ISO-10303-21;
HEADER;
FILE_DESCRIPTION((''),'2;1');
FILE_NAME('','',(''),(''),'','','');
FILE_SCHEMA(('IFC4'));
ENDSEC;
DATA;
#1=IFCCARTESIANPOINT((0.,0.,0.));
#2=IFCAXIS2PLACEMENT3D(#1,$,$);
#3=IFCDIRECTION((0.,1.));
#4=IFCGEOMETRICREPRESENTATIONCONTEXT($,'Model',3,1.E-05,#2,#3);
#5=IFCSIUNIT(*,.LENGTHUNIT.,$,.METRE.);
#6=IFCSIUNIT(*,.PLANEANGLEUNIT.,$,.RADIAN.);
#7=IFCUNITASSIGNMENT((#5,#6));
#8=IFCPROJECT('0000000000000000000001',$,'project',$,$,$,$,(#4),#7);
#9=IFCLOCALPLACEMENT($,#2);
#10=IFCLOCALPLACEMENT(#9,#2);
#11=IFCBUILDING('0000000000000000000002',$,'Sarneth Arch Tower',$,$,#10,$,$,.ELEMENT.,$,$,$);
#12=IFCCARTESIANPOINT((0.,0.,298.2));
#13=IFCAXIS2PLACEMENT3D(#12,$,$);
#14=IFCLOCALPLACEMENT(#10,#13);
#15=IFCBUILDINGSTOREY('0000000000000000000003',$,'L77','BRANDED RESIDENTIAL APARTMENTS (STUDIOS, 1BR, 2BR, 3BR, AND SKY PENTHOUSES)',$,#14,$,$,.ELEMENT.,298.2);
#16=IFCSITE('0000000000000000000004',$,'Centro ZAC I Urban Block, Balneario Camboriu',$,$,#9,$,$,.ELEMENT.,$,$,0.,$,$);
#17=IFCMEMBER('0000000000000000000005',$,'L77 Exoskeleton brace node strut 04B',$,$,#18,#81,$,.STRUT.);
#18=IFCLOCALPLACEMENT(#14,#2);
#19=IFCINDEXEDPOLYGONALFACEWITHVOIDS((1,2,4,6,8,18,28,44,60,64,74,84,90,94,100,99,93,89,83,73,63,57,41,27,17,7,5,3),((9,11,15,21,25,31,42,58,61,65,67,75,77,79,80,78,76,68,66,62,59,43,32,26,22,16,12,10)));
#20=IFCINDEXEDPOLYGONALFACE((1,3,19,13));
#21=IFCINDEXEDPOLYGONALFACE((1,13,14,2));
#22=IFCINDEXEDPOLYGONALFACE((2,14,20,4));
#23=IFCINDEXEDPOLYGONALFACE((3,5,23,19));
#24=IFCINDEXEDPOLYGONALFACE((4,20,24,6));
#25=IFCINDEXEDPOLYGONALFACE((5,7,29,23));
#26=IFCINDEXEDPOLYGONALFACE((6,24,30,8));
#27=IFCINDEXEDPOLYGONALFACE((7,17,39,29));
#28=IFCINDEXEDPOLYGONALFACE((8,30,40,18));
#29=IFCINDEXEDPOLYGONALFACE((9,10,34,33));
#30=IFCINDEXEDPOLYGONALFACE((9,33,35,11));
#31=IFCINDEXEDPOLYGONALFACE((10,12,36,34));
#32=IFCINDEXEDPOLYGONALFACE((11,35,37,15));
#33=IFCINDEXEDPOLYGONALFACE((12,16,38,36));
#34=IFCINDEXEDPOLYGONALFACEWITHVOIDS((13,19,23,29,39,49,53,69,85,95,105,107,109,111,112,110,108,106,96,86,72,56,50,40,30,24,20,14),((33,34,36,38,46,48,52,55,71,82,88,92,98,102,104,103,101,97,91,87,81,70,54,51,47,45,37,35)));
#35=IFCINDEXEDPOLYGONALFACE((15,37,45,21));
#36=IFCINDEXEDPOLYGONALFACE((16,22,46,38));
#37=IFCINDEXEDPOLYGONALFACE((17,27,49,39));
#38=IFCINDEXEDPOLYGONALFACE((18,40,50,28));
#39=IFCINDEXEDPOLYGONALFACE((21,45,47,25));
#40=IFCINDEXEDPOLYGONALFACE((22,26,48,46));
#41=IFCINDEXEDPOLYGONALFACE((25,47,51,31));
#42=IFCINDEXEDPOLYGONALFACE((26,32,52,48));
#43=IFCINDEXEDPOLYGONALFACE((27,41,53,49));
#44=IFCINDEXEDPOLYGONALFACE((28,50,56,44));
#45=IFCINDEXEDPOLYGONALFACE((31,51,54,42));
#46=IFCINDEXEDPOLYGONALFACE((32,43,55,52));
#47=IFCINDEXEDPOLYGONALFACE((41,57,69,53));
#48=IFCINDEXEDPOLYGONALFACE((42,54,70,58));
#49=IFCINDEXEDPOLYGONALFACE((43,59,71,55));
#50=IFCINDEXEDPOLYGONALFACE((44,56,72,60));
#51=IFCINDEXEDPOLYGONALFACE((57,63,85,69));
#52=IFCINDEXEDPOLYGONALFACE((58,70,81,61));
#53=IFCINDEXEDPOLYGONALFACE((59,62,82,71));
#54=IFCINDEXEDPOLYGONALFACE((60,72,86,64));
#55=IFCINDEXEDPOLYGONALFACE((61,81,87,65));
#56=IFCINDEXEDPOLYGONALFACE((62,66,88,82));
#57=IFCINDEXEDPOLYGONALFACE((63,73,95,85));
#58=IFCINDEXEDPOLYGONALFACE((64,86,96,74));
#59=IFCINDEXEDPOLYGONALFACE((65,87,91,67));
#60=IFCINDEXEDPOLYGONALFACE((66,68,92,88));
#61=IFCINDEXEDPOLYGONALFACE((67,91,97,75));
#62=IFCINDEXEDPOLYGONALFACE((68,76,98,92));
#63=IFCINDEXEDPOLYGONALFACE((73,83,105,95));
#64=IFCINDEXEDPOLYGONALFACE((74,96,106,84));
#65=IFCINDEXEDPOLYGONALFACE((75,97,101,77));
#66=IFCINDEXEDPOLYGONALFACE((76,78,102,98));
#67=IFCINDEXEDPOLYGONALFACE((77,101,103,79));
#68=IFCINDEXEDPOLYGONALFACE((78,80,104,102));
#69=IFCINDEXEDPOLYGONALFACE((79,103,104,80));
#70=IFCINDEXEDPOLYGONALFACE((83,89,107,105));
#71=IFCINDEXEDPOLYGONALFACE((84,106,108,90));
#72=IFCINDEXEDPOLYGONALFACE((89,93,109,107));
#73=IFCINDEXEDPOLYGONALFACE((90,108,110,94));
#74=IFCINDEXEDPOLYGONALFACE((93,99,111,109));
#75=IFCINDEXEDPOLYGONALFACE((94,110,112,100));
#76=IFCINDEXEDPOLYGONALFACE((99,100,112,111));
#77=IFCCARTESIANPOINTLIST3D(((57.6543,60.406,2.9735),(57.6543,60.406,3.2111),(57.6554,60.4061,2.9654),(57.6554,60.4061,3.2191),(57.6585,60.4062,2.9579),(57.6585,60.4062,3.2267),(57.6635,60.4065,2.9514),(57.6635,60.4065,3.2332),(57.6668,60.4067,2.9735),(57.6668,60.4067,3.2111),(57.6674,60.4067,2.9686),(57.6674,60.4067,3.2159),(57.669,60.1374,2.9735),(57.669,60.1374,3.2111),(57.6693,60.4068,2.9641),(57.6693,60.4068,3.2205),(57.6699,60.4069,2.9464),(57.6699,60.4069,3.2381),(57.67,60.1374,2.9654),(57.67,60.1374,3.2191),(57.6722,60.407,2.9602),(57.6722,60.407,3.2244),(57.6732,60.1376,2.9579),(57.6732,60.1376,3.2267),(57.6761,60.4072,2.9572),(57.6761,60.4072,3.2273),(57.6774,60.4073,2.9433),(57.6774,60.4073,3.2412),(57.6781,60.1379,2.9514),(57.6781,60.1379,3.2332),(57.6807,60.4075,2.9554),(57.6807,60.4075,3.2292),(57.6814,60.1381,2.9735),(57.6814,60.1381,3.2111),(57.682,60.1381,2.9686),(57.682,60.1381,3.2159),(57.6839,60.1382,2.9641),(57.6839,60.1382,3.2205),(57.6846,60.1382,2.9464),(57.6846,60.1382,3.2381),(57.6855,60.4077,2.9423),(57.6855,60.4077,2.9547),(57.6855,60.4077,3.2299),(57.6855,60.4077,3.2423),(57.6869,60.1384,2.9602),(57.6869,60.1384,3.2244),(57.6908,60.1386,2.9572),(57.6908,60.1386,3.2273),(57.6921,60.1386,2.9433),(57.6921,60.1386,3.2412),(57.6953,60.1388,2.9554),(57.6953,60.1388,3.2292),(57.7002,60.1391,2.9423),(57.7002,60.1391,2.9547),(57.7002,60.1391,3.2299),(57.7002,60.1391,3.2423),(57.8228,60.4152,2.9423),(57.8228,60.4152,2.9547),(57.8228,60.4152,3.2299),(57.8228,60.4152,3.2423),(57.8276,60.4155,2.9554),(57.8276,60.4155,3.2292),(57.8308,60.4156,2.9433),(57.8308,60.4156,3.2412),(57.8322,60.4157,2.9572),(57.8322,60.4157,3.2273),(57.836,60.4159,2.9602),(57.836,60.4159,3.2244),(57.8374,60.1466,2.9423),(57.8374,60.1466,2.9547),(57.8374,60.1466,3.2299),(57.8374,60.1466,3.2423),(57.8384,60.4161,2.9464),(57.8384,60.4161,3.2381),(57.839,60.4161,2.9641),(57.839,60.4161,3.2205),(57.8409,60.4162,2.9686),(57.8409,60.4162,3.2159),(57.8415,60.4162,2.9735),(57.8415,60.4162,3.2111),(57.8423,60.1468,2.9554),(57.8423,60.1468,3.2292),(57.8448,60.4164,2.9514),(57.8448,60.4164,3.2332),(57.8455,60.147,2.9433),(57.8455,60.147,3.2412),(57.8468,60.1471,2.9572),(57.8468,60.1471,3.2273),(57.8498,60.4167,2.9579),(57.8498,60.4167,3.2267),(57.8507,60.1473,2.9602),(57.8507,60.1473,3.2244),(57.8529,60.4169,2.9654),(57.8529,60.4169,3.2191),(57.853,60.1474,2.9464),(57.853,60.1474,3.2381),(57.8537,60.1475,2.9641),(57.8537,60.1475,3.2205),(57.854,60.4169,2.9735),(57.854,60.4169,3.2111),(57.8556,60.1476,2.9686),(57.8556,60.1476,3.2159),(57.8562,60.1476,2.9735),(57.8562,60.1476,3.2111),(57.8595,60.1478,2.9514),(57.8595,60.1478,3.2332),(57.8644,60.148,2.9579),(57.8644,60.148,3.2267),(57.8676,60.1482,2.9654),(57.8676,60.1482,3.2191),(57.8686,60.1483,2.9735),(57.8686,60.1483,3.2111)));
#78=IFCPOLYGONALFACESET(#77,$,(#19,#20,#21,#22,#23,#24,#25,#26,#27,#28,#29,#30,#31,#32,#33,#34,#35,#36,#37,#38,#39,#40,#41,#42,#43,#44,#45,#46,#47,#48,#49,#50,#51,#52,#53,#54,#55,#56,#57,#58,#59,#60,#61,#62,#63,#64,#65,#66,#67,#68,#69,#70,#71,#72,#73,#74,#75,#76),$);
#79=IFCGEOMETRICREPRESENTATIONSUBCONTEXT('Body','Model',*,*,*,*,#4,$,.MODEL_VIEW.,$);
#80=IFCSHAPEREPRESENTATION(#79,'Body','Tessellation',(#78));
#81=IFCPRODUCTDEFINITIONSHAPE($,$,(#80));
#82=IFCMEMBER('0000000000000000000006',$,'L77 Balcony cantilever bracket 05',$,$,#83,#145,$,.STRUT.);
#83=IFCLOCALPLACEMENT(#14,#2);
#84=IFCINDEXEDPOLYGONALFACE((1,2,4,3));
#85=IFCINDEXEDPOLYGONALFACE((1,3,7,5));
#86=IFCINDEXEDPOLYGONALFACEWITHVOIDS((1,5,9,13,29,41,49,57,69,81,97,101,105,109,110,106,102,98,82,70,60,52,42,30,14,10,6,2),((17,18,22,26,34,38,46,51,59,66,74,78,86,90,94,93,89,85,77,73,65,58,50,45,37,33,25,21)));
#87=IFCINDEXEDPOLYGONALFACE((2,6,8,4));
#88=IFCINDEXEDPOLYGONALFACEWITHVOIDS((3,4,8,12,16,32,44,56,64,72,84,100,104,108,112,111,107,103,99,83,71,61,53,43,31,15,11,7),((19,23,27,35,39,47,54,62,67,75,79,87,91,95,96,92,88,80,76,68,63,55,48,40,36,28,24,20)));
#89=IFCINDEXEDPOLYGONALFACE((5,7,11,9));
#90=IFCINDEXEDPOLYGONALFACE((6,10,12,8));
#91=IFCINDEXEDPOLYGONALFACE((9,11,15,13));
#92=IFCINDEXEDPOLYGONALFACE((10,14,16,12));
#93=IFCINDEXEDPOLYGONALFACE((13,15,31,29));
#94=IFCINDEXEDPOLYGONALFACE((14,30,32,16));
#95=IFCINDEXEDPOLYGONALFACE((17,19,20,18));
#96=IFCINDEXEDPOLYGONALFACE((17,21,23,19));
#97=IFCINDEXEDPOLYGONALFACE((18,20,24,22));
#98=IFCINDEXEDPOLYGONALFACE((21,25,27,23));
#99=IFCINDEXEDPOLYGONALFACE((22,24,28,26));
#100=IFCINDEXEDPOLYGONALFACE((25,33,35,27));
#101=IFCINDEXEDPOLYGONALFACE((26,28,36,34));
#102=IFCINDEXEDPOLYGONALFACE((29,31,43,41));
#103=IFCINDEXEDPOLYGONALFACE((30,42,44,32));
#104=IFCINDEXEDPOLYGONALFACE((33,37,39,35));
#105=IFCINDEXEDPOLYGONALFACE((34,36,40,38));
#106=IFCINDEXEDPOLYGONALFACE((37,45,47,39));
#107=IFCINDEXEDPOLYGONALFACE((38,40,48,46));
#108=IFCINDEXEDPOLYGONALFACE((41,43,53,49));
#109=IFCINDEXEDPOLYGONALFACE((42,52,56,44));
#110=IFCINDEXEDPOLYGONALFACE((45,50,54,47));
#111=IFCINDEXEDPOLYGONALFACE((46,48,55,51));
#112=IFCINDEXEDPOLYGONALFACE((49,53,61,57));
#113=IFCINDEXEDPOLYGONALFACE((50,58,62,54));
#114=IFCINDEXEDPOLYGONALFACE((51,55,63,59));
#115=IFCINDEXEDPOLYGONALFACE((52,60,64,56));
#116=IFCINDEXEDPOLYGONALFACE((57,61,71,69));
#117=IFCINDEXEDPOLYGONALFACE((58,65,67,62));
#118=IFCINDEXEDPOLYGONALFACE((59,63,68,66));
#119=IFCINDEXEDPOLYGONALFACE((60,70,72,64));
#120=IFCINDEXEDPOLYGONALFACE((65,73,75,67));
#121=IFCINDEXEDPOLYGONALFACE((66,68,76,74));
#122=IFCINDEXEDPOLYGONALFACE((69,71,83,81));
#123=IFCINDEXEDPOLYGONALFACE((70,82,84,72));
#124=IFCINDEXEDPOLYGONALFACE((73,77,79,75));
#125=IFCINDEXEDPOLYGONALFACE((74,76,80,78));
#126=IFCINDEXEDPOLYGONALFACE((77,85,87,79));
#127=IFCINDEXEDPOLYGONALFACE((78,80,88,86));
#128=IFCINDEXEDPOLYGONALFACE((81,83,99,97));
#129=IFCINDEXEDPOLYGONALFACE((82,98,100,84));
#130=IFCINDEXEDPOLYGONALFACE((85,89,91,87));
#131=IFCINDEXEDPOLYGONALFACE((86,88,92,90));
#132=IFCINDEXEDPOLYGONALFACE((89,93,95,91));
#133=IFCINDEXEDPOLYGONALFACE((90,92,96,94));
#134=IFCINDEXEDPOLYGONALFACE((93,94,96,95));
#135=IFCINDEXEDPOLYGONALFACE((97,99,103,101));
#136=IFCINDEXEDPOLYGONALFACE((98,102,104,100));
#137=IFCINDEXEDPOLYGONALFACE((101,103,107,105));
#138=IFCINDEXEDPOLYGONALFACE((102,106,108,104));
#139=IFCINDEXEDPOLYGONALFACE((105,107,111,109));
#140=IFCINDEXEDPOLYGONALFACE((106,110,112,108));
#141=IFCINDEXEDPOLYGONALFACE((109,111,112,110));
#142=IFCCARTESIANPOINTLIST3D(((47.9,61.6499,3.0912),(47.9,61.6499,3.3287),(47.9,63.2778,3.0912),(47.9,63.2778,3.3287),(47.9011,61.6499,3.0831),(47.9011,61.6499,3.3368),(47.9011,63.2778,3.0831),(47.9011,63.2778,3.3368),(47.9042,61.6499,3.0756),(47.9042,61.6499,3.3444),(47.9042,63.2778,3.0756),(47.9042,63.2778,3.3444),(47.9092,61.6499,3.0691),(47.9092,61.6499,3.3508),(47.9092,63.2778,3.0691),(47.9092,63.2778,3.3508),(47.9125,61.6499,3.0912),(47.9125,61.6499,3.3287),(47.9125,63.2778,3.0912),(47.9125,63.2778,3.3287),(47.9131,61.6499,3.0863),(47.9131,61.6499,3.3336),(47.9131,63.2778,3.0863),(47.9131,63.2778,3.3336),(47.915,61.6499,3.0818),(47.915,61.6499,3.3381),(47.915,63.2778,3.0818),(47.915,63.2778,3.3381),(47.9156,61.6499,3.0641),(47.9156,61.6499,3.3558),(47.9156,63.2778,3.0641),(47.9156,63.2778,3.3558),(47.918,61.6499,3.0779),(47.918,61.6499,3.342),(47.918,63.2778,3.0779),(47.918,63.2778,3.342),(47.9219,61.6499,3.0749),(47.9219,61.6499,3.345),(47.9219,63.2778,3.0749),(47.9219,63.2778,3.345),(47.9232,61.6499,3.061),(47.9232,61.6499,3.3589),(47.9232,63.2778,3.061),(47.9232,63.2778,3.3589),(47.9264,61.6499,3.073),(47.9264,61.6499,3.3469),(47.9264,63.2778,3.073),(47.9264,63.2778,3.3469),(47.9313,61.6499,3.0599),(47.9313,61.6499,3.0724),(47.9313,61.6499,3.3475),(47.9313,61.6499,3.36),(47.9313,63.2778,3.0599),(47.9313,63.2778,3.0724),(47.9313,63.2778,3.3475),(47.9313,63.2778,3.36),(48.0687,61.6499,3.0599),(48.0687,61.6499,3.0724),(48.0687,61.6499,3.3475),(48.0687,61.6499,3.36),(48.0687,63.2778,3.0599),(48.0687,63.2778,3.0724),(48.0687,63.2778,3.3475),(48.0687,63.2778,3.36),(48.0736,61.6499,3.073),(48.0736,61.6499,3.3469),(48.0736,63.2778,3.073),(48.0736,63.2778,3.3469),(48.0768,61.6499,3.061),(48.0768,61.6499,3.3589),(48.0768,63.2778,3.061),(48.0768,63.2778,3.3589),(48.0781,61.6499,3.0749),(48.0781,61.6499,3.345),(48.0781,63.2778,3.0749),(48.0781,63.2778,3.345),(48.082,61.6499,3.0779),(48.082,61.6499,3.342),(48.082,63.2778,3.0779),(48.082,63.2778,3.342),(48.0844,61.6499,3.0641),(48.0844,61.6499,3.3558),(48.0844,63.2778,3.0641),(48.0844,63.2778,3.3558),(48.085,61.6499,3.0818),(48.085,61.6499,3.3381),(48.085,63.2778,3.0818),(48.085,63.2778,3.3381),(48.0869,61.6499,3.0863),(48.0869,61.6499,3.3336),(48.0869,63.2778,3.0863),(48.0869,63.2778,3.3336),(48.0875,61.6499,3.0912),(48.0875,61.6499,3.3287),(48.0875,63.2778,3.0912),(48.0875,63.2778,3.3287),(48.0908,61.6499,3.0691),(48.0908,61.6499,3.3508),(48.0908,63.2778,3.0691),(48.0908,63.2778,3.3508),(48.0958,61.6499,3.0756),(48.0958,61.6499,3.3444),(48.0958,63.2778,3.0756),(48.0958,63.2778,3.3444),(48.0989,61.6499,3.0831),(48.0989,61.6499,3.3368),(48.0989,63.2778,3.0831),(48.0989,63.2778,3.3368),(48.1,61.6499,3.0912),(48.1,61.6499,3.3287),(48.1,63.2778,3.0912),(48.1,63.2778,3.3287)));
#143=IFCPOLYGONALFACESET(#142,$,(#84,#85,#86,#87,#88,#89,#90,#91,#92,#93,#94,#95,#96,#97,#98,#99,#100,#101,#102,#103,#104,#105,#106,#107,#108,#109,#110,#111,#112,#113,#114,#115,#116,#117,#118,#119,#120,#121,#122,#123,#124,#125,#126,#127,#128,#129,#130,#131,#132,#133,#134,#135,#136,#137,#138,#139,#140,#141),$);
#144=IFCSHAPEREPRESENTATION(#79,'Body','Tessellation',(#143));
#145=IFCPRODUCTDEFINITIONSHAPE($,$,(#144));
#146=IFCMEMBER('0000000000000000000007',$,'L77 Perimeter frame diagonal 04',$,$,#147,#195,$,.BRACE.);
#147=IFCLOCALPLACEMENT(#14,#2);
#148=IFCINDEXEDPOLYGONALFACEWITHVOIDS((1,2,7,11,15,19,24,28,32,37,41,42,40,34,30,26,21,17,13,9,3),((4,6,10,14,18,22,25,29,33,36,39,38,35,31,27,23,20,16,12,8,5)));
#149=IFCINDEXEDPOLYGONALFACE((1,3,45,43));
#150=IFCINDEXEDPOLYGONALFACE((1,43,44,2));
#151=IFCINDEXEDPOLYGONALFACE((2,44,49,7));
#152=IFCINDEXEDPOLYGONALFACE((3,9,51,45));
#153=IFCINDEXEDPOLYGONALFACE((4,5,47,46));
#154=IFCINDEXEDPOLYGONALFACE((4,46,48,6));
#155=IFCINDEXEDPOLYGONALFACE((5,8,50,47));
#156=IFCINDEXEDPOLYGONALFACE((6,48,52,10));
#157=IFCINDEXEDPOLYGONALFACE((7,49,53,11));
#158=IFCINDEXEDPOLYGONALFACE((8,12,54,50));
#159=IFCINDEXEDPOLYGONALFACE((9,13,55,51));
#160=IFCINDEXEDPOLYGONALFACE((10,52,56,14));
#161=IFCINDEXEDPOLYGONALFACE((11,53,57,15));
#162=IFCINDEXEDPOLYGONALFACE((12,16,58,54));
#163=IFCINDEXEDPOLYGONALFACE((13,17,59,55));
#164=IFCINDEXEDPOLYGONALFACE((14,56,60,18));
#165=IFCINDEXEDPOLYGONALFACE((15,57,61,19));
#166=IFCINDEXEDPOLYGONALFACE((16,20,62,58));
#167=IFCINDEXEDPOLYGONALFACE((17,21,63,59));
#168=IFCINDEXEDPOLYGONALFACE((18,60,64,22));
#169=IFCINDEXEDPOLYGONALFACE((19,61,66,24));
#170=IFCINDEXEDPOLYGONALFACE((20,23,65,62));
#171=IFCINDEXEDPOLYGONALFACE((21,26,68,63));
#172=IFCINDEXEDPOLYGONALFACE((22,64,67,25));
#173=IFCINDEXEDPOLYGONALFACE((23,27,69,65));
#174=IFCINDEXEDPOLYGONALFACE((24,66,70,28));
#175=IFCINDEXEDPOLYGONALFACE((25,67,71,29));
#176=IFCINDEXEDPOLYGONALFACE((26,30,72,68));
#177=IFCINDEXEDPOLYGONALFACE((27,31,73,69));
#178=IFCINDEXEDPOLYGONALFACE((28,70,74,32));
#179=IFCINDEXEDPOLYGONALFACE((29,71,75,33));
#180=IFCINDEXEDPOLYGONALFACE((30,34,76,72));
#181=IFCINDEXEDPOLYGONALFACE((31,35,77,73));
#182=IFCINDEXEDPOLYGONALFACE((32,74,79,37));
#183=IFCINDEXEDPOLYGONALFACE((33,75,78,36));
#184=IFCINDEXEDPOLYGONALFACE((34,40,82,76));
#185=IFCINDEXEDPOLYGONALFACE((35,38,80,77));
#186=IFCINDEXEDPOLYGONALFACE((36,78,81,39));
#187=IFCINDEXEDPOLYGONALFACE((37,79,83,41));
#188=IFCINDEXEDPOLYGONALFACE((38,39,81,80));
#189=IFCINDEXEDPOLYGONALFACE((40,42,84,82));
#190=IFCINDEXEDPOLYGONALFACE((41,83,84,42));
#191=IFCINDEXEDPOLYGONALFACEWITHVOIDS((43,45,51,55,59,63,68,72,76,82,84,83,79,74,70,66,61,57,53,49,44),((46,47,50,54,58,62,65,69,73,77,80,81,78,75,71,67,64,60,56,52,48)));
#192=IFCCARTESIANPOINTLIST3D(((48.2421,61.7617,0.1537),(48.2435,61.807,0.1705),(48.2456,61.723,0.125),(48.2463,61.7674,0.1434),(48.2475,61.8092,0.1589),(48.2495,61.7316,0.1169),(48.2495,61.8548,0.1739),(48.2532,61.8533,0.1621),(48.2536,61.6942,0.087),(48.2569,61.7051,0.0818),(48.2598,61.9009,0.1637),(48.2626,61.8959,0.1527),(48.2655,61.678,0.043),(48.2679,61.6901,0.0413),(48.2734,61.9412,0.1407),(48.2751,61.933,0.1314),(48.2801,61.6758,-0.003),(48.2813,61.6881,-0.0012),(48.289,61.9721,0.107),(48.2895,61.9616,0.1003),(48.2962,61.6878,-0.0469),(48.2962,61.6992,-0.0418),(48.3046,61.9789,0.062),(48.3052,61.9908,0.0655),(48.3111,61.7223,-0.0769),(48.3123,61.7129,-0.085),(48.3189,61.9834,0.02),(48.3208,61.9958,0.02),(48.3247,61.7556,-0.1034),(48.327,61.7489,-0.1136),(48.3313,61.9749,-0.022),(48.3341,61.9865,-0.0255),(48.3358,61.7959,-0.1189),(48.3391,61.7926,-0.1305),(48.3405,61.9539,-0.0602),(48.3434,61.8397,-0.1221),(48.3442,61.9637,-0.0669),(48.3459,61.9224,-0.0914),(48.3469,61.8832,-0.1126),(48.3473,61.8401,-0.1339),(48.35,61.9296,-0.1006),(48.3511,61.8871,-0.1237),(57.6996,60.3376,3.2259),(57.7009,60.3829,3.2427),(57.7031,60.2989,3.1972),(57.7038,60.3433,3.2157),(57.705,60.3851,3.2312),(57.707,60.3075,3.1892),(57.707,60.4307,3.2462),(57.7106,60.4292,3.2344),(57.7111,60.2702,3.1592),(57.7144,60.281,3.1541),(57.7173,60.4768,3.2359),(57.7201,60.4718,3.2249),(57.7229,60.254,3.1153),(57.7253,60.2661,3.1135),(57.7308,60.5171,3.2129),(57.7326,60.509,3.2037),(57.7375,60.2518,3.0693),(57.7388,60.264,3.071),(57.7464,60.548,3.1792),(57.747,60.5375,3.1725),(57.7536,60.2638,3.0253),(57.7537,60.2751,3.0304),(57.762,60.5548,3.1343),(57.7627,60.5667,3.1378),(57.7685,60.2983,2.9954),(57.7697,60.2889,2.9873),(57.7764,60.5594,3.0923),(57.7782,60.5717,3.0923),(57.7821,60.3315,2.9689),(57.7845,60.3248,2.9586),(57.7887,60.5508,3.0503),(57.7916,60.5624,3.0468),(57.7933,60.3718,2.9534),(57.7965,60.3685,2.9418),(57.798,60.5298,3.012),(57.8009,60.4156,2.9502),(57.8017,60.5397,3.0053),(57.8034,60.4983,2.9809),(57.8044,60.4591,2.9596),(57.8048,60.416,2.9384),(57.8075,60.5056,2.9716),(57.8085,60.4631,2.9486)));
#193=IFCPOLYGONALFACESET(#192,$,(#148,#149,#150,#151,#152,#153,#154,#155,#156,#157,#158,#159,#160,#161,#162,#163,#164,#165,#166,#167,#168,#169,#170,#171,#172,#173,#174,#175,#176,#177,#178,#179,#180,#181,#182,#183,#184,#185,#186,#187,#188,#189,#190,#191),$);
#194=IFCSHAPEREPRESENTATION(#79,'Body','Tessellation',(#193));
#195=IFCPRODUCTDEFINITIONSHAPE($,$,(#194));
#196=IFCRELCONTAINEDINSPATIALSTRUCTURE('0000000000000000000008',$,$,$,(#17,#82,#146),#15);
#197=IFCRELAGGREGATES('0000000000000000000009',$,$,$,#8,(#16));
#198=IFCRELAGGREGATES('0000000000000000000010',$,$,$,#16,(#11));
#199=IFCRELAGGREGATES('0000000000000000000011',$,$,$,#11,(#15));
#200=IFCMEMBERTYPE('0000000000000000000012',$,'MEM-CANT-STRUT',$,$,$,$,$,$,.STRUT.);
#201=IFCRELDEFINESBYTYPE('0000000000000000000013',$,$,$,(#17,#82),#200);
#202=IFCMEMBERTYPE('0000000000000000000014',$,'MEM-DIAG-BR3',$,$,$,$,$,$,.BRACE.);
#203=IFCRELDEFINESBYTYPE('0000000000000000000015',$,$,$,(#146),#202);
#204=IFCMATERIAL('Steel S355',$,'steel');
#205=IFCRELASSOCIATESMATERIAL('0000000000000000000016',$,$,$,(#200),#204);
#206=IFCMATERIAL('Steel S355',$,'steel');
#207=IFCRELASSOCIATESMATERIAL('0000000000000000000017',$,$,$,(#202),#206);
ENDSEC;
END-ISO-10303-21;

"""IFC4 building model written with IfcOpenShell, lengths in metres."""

from ifc_helpers import new_model, si_unit, direction, frame, origin, origin_2d, place, context, subcontext, project, spatial, hollow_rectangle, hollow_circle, extrude, material, material_profile, profile_set, type_object, element, save


model = new_model("IFC4")

# Units and contexts
model_context = context("Model", 3, precision=1e-05, world=origin(), true_north=direction((0.0, 1.0)))
body_context = subcontext(model_context, "Body", "Model", "MODEL_VIEW")
ifc_project = project(units=[si_unit("LENGTHUNIT", "METRE"), si_unit("PLANEANGLEUNIT", "RADIAN")], contexts=[model_context])

# Site, building, storey
site_placement = place(None, origin())
site = spatial("IfcSite", under=ifc_project, at=site_placement, Name="Centro ZAC I Urban Block, Balneario Camboriu", CompositionType="ELEMENT", RefElevation=0.0)
building_placement = place(site_placement, origin())
building = spatial("IfcBuilding", under=site, at=building_placement, Name="Sarneth Arch Tower", CompositionType="ELEMENT")
storey_placement = place(building_placement, frame((0.0, 0.0, 298.2)))
storey = spatial("IfcBuildingStorey", under=building, at=storey_placement, Name="L77", Description="BRANDED RESIDENTIAL APARTMENTS (STUDIOS, 1BR, 2BR, 3BR, AND SKY PENTHOUSES)", CompositionType="ELEMENT", Elevation=298.2)

# Members
ifc_material_1 = material(Name="Steel S355", Category="steel")
ifc_material_profile_1 = material_profile(ifc_material_1, hollow_rectangle(XDim=0.2, YDim=0.3, WallThickness=0.0125, InnerFilletRadius=0.0188, OuterFilletRadius=0.0312, at=origin_2d()), Name="RHS300x200x12.5")
ifc_profile_set_1 = profile_set([ifc_material_profile_1], Name="Steel S355")
member_type_1 = type_object("IfcMemberType", Name="MEM-CANT-STRUT", PredefinedType="STRUT", material=ifc_profile_set_1)
member_1_placement = place(storey_placement, frame((57.7688, 60.1428, 3.0923), z_axis=(-0.054464, 0.998516, 0.0), x_axis=(-0.998516, -0.054464, 0.0)))
element("IfcMember", 1, at=member_1_placement, inside=storey, type_object=member_type_1, Name="L77 Exoskeleton brace node strut 04B", PredefinedType="STRUT", context=body_context, shape_type="SweptSolid", body=[
    extrude(hollow_rectangle(XDim=0.2, YDim=0.3, WallThickness=0.0125, InnerFilletRadius=0.0188, OuterFilletRadius=0.0312, at=origin_2d()), origin(), (0.0, 0.0, 1.0), 0.269),
])
member_2_placement = place(storey_placement, frame((48.0, 61.6499, 3.21), z_axis=(0.0, 1.0, 0.0), x_axis=(-1.0, 0.0, 0.0)))
element("IfcMember", 2, at=member_2_placement, inside=storey, type_object=member_type_1, Name="L77 Balcony cantilever bracket 05", PredefinedType="STRUT", context=body_context, shape_type="SweptSolid", body=[
    extrude(hollow_rectangle(XDim=0.2, YDim=0.3, WallThickness=0.0125, InnerFilletRadius=0.0188, OuterFilletRadius=0.0312, at=origin_2d()), origin(), (0.0, 0.0, 1.0), 1.6279),
])
ifc_material_2 = material(Name="Steel S355", Category="steel")
ifc_material_profile_2 = material_profile(ifc_material_2, hollow_circle(Radius=0.1621, WallThickness=0.0125, at=origin_2d()), Name="CHS324x12.5")
ifc_profile_set_2 = profile_set([ifc_material_profile_2], Name="Steel S355")
member_type_2 = type_object("IfcMemberType", Name="MEM-DIAG-BR3", PredefinedType="BRACE", material=ifc_profile_set_2)
member_3_placement = place(storey_placement, frame((48.2966, 61.8354, 0.02), z_axis=(0.941471, -0.141763, 0.305836), x_axis=(0.148897, 0.988853, 0.0)))
element("IfcMember", 3, at=member_3_placement, inside=storey, type_object=member_type_2, Name="L77 Perimeter frame diagonal 04", PredefinedType="BRACE", context=body_context, shape_type="SweptSolid", body=[
    extrude(hollow_circle(Radius=0.1621, WallThickness=0.0125, at=origin_2d()), origin(), (0.0, 0.0, 1.0), 10.0454),
])

save(model, "model.ifc")
